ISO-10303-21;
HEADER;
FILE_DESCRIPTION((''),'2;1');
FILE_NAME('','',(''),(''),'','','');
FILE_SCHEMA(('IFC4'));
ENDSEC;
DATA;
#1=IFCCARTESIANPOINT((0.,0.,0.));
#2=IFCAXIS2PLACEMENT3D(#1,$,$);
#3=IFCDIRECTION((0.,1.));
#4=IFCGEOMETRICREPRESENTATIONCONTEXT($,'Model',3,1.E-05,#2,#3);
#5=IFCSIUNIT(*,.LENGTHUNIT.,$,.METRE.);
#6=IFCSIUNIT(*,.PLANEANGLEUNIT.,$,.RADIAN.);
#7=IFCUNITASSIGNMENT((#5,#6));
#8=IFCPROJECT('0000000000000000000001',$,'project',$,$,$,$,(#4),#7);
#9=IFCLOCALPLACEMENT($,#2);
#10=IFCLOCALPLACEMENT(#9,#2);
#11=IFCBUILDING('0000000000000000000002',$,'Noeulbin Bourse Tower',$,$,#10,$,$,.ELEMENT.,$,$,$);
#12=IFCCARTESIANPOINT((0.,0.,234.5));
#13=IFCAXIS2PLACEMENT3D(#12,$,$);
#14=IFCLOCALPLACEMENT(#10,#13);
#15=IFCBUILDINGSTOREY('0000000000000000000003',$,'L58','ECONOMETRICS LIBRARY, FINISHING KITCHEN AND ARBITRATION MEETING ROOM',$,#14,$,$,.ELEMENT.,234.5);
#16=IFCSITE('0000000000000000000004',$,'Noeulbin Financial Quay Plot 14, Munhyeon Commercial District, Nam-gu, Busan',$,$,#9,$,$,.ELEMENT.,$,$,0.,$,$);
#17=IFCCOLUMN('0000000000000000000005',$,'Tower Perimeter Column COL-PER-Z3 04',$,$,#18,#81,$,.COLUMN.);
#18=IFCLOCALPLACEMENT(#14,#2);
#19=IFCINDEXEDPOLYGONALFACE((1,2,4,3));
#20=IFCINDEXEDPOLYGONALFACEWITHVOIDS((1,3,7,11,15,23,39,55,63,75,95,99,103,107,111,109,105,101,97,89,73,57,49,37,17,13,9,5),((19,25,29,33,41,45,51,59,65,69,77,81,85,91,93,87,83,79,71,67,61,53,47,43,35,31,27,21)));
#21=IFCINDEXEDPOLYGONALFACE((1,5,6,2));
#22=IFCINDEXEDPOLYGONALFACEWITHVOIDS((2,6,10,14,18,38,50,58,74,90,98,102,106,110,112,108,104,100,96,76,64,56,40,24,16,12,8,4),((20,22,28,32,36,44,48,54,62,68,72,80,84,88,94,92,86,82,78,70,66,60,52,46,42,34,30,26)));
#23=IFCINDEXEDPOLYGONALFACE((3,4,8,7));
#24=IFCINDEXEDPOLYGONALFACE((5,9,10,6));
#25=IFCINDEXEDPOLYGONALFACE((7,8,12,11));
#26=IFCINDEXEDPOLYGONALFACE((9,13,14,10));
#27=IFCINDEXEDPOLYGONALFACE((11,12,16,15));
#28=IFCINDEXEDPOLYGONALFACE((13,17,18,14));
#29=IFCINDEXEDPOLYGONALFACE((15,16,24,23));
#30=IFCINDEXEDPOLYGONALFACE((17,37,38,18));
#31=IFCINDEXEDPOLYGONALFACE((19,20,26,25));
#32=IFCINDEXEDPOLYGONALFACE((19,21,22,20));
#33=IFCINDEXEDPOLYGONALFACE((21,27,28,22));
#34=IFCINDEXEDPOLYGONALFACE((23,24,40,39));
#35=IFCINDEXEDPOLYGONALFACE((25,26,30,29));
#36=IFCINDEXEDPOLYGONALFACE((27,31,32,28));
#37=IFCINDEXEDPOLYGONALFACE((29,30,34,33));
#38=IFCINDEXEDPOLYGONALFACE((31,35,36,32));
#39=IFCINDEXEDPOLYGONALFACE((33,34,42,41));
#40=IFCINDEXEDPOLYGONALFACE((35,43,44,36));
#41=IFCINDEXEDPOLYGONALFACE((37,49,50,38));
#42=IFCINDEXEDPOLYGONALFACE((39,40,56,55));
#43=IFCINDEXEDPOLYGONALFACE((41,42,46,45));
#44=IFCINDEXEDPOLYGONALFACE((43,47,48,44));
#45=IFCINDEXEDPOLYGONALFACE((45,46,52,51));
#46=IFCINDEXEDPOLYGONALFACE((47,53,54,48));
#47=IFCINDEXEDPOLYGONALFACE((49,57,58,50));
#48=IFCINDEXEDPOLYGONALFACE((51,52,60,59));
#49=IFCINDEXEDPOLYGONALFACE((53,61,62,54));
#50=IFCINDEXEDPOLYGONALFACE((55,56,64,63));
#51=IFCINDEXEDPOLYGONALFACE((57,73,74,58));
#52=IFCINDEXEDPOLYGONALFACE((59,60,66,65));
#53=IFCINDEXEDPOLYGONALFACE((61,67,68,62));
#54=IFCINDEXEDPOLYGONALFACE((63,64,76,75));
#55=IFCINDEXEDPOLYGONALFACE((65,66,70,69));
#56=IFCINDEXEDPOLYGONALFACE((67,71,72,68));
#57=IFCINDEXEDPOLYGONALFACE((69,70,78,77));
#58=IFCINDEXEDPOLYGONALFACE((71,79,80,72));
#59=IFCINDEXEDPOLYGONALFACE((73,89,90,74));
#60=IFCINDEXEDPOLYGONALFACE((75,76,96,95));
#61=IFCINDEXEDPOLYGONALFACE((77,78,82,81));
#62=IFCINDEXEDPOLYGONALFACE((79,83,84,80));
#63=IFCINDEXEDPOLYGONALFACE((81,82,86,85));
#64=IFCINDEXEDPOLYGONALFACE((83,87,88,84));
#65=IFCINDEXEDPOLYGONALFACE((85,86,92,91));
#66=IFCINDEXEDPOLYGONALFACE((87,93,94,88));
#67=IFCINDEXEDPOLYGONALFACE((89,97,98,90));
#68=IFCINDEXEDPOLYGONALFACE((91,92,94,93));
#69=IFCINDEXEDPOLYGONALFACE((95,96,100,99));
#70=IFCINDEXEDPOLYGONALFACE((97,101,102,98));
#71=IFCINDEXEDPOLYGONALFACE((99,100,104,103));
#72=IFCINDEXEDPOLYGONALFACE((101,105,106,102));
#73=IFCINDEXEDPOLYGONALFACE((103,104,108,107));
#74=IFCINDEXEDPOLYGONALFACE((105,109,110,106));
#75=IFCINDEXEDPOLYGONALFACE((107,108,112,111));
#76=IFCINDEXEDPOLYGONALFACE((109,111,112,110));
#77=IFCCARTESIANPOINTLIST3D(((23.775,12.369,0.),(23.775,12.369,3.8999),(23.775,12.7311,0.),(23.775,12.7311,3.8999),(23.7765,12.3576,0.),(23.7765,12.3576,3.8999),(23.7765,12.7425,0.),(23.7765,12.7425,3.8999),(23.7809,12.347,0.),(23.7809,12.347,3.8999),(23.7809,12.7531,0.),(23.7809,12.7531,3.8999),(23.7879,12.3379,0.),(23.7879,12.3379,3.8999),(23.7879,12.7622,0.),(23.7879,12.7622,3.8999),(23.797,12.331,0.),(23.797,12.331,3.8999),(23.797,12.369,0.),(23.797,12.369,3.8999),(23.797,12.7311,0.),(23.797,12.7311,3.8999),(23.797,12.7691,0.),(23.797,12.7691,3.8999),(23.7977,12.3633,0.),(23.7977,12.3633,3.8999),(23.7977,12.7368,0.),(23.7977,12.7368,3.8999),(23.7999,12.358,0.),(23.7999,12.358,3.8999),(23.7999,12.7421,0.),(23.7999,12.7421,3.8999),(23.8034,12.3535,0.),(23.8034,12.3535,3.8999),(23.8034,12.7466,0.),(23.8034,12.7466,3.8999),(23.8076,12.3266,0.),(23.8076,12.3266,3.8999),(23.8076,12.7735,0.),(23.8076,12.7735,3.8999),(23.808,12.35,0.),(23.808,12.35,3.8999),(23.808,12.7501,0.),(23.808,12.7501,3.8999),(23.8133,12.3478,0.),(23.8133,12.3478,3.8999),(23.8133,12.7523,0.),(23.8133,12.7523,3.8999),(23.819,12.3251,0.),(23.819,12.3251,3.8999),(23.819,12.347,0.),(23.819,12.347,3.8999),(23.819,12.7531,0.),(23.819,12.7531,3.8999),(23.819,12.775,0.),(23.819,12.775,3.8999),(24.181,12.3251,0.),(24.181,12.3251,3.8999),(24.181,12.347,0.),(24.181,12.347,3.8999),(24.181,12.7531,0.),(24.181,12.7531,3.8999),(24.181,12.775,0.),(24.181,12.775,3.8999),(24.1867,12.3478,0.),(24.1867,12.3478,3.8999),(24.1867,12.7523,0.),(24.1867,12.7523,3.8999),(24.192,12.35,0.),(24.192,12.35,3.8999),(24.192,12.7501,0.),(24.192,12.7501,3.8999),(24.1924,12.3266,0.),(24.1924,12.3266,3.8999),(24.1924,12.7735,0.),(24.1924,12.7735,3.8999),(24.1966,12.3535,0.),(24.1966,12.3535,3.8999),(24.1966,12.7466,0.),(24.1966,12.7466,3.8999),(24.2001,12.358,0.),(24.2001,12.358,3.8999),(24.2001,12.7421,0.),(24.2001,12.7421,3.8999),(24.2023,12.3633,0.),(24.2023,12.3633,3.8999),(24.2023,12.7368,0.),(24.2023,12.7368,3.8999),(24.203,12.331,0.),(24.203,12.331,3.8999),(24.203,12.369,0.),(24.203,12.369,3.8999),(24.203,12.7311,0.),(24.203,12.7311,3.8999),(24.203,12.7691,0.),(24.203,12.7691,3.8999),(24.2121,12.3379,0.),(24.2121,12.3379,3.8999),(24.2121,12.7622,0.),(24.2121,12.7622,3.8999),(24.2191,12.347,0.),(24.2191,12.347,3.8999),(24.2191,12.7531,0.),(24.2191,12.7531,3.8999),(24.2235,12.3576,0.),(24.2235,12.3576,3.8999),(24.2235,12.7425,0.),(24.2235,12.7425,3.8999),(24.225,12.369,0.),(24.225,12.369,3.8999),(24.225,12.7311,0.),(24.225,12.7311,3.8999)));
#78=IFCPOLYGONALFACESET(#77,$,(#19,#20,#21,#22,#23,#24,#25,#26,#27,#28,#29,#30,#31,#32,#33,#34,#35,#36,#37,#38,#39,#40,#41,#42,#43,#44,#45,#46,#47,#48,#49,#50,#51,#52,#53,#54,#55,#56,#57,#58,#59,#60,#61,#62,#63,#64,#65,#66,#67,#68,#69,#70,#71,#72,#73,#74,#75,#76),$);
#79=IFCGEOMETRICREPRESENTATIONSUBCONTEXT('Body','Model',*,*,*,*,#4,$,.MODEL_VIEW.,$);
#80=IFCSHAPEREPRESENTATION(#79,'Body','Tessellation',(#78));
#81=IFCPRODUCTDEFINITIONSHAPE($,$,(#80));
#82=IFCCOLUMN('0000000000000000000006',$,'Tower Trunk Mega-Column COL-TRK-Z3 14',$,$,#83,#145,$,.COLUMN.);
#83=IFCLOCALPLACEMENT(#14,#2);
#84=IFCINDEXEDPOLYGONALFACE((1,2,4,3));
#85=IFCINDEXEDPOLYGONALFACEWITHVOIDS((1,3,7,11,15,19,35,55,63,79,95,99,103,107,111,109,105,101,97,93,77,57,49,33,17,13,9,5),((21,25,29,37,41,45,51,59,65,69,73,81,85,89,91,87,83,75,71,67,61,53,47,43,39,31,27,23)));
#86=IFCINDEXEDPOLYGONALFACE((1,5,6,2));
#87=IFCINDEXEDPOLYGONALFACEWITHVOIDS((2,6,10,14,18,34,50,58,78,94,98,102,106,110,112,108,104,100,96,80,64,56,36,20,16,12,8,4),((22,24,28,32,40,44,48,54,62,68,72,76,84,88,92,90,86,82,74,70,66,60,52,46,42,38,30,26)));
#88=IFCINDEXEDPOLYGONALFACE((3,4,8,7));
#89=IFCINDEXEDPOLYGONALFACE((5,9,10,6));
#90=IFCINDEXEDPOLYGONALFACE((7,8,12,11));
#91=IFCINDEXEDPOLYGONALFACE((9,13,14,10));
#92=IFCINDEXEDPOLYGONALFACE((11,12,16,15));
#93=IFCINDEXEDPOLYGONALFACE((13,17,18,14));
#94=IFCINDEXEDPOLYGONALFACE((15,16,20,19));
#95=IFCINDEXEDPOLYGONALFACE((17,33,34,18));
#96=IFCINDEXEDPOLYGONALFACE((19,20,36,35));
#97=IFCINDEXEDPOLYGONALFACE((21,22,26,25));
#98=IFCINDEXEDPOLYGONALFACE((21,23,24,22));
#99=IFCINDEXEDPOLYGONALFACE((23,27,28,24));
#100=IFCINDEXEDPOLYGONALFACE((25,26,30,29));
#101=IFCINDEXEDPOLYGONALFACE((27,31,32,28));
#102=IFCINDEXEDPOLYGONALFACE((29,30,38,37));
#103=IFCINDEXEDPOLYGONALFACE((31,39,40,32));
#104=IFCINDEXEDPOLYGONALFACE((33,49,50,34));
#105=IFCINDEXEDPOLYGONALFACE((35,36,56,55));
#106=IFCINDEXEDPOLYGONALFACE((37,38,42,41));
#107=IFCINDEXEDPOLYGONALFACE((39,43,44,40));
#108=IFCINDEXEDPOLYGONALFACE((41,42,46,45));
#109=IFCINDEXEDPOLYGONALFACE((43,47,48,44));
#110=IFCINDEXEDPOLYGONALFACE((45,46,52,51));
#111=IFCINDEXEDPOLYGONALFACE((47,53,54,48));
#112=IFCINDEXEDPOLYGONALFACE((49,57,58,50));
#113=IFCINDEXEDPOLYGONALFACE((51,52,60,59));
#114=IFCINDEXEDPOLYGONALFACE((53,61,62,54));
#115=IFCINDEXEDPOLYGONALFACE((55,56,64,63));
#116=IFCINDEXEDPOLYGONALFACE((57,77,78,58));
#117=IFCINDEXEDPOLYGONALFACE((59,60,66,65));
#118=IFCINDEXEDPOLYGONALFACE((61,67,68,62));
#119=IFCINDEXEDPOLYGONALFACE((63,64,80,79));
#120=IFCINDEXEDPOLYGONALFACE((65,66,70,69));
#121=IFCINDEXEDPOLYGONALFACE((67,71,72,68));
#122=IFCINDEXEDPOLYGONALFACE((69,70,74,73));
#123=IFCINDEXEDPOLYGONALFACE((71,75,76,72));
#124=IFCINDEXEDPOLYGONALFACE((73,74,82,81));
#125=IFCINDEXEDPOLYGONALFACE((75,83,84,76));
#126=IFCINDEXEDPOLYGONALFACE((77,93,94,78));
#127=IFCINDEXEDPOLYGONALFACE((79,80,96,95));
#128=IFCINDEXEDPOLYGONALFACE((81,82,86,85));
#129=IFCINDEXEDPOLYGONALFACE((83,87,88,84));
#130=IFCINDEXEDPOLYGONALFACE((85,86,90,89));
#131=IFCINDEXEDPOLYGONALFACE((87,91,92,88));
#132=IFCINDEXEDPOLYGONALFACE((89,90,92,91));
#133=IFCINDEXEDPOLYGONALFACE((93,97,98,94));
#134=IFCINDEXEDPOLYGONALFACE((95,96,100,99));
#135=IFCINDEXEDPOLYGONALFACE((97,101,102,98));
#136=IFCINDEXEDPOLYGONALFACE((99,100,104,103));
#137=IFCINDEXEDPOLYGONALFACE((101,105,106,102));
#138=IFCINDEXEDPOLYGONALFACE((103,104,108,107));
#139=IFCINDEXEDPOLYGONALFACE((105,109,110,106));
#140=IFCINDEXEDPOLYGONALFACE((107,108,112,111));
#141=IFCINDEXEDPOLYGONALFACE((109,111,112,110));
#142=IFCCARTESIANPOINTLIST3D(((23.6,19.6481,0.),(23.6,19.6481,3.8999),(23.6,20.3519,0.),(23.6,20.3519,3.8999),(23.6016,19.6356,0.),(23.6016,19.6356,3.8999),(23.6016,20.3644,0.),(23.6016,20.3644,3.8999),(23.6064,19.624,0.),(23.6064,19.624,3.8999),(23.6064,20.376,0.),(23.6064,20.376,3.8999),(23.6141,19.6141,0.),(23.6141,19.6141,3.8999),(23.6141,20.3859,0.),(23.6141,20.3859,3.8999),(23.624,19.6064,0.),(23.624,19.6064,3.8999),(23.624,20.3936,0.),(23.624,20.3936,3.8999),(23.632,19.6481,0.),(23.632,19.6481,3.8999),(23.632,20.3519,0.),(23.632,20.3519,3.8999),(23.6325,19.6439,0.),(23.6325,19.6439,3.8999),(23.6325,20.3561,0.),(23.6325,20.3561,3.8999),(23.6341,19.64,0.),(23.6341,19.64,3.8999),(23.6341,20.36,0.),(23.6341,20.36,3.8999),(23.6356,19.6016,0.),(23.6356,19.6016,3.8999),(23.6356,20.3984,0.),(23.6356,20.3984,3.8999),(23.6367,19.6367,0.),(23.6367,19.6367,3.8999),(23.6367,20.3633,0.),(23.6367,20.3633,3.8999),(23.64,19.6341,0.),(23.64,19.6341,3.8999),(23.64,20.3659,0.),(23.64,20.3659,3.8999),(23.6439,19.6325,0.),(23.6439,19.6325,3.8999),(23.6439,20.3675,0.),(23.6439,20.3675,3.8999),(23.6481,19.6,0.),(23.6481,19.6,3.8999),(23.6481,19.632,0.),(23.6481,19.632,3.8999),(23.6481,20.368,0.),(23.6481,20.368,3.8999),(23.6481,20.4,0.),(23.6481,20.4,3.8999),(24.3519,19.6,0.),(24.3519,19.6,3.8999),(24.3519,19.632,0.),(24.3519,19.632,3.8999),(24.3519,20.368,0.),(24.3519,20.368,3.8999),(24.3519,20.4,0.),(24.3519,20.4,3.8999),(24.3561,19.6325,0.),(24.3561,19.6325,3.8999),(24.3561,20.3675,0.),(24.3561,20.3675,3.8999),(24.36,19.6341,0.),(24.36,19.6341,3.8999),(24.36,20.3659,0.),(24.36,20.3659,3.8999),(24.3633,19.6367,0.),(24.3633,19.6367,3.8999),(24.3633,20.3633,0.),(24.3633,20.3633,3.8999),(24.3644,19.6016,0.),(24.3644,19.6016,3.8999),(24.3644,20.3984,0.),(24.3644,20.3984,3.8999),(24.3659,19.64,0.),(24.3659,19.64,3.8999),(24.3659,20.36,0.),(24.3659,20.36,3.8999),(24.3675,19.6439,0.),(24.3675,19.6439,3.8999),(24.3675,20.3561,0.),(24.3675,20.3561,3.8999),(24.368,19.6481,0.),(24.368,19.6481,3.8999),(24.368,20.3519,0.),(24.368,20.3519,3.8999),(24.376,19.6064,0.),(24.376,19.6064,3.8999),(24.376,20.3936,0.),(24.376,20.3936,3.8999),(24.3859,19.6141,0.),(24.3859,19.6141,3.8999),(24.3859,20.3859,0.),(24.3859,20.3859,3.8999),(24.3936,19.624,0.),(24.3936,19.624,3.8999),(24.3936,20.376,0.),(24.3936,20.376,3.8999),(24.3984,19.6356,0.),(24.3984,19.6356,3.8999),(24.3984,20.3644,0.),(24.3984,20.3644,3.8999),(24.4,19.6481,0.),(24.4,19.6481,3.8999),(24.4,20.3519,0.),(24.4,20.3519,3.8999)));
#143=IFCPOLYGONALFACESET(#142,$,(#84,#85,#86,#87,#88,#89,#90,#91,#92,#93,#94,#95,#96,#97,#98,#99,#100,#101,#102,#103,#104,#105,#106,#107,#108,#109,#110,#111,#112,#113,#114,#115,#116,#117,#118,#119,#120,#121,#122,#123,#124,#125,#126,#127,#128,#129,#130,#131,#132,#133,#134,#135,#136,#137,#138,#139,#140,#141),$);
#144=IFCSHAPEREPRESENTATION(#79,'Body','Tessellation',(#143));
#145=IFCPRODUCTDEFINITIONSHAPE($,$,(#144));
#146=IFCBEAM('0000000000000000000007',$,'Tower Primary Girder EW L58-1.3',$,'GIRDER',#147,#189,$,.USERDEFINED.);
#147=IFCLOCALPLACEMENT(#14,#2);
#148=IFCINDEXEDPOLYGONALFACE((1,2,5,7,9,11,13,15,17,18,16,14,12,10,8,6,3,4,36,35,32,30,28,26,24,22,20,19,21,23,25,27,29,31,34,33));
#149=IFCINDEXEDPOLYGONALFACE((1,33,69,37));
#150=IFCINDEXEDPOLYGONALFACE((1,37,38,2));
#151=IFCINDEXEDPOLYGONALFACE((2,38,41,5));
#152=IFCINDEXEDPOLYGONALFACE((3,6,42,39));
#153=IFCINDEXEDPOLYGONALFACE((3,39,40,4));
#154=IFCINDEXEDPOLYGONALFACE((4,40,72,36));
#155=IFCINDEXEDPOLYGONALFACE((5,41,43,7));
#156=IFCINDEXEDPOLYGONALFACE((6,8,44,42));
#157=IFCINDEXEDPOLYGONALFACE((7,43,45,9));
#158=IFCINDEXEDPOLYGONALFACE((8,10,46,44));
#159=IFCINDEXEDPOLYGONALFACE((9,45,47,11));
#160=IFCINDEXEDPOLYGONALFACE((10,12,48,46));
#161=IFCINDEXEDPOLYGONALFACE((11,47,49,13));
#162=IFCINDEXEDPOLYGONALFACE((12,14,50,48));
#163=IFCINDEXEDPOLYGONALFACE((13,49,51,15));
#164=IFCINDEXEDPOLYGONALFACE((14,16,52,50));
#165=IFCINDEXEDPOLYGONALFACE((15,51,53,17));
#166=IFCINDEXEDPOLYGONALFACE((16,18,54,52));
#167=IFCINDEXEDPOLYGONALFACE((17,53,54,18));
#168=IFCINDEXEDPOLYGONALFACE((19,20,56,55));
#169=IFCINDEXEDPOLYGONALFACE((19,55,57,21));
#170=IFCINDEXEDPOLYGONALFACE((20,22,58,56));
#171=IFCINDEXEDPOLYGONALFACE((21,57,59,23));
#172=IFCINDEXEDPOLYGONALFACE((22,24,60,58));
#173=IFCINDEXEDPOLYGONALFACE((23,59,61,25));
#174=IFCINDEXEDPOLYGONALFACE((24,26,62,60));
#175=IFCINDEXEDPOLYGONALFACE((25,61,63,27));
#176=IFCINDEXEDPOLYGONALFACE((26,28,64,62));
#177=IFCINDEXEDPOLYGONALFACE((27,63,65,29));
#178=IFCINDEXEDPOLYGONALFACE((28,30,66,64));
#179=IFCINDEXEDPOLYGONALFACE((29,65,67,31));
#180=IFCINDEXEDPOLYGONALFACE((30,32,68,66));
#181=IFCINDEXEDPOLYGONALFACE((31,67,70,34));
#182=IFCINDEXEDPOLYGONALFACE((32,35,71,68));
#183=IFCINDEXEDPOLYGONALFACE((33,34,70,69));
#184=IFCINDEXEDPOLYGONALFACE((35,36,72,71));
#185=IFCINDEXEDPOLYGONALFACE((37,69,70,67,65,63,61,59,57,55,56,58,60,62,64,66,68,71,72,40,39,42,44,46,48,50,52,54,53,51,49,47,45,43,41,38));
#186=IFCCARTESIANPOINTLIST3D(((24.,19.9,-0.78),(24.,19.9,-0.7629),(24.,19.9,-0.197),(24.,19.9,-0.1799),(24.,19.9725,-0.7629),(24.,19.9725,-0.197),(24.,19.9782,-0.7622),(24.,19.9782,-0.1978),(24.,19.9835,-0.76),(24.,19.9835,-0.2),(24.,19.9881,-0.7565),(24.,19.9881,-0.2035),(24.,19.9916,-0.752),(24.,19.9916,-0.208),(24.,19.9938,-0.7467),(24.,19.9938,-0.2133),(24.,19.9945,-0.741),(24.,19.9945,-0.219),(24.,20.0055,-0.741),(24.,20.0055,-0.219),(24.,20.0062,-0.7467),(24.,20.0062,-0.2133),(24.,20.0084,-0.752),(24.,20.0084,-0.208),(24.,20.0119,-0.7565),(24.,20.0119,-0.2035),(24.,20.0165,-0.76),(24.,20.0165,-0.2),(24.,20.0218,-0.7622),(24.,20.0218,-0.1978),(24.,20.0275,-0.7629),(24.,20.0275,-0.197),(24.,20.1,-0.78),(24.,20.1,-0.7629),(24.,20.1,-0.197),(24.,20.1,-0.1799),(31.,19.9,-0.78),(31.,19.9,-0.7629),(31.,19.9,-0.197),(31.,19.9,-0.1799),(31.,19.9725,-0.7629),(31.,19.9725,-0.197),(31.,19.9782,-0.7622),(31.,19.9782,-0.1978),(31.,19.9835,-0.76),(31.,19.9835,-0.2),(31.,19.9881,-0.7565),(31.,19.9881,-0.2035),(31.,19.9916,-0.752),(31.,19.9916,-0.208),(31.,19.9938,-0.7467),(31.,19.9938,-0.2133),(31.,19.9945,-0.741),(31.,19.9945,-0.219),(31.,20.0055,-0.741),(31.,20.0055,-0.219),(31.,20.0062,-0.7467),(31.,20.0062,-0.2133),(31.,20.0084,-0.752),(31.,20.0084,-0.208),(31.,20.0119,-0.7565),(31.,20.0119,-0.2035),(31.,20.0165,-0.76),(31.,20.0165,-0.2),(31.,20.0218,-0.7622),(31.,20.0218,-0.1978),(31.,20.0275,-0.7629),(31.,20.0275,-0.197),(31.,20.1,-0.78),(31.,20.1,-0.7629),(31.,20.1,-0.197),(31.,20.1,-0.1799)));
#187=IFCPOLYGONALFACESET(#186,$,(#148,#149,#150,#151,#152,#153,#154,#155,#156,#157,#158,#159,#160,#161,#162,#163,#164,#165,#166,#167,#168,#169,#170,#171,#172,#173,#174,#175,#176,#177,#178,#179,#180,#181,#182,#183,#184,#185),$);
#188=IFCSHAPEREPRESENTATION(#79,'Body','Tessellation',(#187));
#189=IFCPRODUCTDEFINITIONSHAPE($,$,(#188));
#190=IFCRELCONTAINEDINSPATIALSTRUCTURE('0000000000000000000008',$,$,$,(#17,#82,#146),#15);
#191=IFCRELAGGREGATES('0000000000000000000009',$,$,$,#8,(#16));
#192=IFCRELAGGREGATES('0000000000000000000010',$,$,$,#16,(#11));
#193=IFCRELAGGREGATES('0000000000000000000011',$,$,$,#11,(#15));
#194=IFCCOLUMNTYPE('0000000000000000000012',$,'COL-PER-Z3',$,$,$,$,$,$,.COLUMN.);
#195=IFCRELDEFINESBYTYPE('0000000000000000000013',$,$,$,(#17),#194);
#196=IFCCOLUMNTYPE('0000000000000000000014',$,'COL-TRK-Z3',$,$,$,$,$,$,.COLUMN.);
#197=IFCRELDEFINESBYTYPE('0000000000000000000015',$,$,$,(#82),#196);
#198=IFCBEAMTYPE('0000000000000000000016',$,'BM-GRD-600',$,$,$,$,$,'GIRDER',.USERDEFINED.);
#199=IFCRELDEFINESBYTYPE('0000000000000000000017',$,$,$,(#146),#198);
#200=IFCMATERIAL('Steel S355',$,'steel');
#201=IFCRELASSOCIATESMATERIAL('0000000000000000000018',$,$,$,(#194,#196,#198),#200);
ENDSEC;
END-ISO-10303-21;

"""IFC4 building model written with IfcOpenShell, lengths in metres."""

from ifc_helpers import new_model, si_unit, direction, frame, origin, origin_2d, place, context, subcontext, project, spatial, hollow_rectangle, i_section, extrude, material, material_profile, profile_set, type_object, element, save


model = new_model("IFC4")

# Units and contexts
model_context = context("Model", 3, precision=1e-05, world=origin(), true_north=direction((0.0, 1.0)))
body_context = subcontext(model_context, "Body", "Model", "MODEL_VIEW")
ifc_project = project(units=[si_unit("LENGTHUNIT", "METRE"), si_unit("PLANEANGLEUNIT", "RADIAN")], contexts=[model_context])

# Site, building, storey
site_placement = place(None, origin())
site = spatial("IfcSite", under=ifc_project, at=site_placement, Name="Noeulbin Financial Quay Plot 14, Munhyeon Commercial District, Nam-gu, Busan", CompositionType="ELEMENT", RefElevation=0.0)
building_placement = place(site_placement, origin())
building = spatial("IfcBuilding", under=site, at=building_placement, Name="Noeulbin Bourse Tower", CompositionType="ELEMENT")
storey_placement = place(building_placement, frame((0.0, 0.0, 234.5)))
storey = spatial("IfcBuildingStorey", under=building, at=storey_placement, Name="L58", Description="ECONOMETRICS LIBRARY, FINISHING KITCHEN AND ARBITRATION MEETING ROOM", CompositionType="ELEMENT", Elevation=234.5)

# Columns
ifc_material_1 = material(Name="Steel S355", Category="steel")
ifc_material_profile_1 = material_profile(ifc_material_1, hollow_rectangle(XDim=0.45, YDim=0.45, WallThickness=0.022, InnerFilletRadius=0.022, OuterFilletRadius=0.0439, at=origin_2d()), Name="SHS-450x450x22", Category="LoadBearing")
ifc_profile_set_1 = profile_set([ifc_material_profile_1], Name="Steel S355")
column_type_1 = type_object("IfcColumnType", Name="COL-PER-Z3", PredefinedType="COLUMN", material=ifc_profile_set_1)
column_1_placement = place(storey_placement, frame((24.0, 12.55, 0.0), z_axis=(0.0, 0.0, 1.0), x_axis=(1.0, 0.0, 0.0)))
element("IfcColumn", 1, at=column_1_placement, inside=storey, type_object=column_type_1, Name="Tower Perimeter Column COL-PER-Z3 04", PredefinedType="COLUMN", context=body_context, shape_type="SweptSolid", body=[
    extrude(hollow_rectangle(XDim=0.45, YDim=0.45, WallThickness=0.022, InnerFilletRadius=0.022, OuterFilletRadius=0.0439, at=origin_2d()), origin(), (0.0, 0.0, 1.0), 3.8999),
])
ifc_material_profile_2 = material_profile(ifc_material_1, hollow_rectangle(XDim=0.8, YDim=0.8, WallThickness=0.032, InnerFilletRadius=0.0161, OuterFilletRadius=0.0481, at=origin_2d()), Name="BOX-800x800x32", Category="LoadBearing")
ifc_profile_set_2 = profile_set([ifc_material_profile_2], Name="Steel S355")
column_type_2 = type_object("IfcColumnType", Name="COL-TRK-Z3", PredefinedType="COLUMN", material=ifc_profile_set_2)
column_2_placement = place(storey_placement, frame((24.0, 20.0, 0.0), z_axis=(0.0, 0.0, 1.0), x_axis=(1.0, 0.0, 0.0)))
element("IfcColumn", 2, at=column_2_placement, inside=storey, type_object=column_type_2, Name="Tower Trunk Mega-Column COL-TRK-Z3 14", PredefinedType="COLUMN", context=body_context, shape_type="SweptSolid", body=[
    extrude(hollow_rectangle(XDim=0.8, YDim=0.8, WallThickness=0.032, InnerFilletRadius=0.0161, OuterFilletRadius=0.0481, at=origin_2d()), origin(), (0.0, 0.0, 1.0), 3.8999),
])

# Beam
ifc_material_profile_3 = material_profile(ifc_material_1, i_section(OverallWidth=0.2, OverallDepth=0.6001, WebThickness=0.011, FlangeThickness=0.0171, FilletRadius=0.022, at=origin_2d()), Name="H-600x200x11x17", Category="LoadBearing")
ifc_profile_set_3 = profile_set([ifc_material_profile_3], Name="Steel S355")
beam_type_1 = type_object("IfcBeamType", Name="BM-GRD-600", ElementType="GIRDER", PredefinedType="USERDEFINED", material=ifc_profile_set_3)
beam_1_placement = place(storey_placement, frame((24.0, 20.0, -0.48), z_axis=(1.0, 0.0, 0.0), x_axis=(0.0, 1.0, 0.0)))
element("IfcBeam", 3, at=beam_1_placement, inside=storey, type_object=beam_type_1, Name="Tower Primary Girder EW L58-1.3", ObjectType="GIRDER", PredefinedType="USERDEFINED", context=body_context, shape_type="SweptSolid", body=[
    extrude(i_section(OverallWidth=0.2, OverallDepth=0.6001, WebThickness=0.011, FlangeThickness=0.0171, FilletRadius=0.022, at=origin_2d()), origin(), (0.0, 0.0, 1.0), 7.0),
])

save(model, "model.ifc")
